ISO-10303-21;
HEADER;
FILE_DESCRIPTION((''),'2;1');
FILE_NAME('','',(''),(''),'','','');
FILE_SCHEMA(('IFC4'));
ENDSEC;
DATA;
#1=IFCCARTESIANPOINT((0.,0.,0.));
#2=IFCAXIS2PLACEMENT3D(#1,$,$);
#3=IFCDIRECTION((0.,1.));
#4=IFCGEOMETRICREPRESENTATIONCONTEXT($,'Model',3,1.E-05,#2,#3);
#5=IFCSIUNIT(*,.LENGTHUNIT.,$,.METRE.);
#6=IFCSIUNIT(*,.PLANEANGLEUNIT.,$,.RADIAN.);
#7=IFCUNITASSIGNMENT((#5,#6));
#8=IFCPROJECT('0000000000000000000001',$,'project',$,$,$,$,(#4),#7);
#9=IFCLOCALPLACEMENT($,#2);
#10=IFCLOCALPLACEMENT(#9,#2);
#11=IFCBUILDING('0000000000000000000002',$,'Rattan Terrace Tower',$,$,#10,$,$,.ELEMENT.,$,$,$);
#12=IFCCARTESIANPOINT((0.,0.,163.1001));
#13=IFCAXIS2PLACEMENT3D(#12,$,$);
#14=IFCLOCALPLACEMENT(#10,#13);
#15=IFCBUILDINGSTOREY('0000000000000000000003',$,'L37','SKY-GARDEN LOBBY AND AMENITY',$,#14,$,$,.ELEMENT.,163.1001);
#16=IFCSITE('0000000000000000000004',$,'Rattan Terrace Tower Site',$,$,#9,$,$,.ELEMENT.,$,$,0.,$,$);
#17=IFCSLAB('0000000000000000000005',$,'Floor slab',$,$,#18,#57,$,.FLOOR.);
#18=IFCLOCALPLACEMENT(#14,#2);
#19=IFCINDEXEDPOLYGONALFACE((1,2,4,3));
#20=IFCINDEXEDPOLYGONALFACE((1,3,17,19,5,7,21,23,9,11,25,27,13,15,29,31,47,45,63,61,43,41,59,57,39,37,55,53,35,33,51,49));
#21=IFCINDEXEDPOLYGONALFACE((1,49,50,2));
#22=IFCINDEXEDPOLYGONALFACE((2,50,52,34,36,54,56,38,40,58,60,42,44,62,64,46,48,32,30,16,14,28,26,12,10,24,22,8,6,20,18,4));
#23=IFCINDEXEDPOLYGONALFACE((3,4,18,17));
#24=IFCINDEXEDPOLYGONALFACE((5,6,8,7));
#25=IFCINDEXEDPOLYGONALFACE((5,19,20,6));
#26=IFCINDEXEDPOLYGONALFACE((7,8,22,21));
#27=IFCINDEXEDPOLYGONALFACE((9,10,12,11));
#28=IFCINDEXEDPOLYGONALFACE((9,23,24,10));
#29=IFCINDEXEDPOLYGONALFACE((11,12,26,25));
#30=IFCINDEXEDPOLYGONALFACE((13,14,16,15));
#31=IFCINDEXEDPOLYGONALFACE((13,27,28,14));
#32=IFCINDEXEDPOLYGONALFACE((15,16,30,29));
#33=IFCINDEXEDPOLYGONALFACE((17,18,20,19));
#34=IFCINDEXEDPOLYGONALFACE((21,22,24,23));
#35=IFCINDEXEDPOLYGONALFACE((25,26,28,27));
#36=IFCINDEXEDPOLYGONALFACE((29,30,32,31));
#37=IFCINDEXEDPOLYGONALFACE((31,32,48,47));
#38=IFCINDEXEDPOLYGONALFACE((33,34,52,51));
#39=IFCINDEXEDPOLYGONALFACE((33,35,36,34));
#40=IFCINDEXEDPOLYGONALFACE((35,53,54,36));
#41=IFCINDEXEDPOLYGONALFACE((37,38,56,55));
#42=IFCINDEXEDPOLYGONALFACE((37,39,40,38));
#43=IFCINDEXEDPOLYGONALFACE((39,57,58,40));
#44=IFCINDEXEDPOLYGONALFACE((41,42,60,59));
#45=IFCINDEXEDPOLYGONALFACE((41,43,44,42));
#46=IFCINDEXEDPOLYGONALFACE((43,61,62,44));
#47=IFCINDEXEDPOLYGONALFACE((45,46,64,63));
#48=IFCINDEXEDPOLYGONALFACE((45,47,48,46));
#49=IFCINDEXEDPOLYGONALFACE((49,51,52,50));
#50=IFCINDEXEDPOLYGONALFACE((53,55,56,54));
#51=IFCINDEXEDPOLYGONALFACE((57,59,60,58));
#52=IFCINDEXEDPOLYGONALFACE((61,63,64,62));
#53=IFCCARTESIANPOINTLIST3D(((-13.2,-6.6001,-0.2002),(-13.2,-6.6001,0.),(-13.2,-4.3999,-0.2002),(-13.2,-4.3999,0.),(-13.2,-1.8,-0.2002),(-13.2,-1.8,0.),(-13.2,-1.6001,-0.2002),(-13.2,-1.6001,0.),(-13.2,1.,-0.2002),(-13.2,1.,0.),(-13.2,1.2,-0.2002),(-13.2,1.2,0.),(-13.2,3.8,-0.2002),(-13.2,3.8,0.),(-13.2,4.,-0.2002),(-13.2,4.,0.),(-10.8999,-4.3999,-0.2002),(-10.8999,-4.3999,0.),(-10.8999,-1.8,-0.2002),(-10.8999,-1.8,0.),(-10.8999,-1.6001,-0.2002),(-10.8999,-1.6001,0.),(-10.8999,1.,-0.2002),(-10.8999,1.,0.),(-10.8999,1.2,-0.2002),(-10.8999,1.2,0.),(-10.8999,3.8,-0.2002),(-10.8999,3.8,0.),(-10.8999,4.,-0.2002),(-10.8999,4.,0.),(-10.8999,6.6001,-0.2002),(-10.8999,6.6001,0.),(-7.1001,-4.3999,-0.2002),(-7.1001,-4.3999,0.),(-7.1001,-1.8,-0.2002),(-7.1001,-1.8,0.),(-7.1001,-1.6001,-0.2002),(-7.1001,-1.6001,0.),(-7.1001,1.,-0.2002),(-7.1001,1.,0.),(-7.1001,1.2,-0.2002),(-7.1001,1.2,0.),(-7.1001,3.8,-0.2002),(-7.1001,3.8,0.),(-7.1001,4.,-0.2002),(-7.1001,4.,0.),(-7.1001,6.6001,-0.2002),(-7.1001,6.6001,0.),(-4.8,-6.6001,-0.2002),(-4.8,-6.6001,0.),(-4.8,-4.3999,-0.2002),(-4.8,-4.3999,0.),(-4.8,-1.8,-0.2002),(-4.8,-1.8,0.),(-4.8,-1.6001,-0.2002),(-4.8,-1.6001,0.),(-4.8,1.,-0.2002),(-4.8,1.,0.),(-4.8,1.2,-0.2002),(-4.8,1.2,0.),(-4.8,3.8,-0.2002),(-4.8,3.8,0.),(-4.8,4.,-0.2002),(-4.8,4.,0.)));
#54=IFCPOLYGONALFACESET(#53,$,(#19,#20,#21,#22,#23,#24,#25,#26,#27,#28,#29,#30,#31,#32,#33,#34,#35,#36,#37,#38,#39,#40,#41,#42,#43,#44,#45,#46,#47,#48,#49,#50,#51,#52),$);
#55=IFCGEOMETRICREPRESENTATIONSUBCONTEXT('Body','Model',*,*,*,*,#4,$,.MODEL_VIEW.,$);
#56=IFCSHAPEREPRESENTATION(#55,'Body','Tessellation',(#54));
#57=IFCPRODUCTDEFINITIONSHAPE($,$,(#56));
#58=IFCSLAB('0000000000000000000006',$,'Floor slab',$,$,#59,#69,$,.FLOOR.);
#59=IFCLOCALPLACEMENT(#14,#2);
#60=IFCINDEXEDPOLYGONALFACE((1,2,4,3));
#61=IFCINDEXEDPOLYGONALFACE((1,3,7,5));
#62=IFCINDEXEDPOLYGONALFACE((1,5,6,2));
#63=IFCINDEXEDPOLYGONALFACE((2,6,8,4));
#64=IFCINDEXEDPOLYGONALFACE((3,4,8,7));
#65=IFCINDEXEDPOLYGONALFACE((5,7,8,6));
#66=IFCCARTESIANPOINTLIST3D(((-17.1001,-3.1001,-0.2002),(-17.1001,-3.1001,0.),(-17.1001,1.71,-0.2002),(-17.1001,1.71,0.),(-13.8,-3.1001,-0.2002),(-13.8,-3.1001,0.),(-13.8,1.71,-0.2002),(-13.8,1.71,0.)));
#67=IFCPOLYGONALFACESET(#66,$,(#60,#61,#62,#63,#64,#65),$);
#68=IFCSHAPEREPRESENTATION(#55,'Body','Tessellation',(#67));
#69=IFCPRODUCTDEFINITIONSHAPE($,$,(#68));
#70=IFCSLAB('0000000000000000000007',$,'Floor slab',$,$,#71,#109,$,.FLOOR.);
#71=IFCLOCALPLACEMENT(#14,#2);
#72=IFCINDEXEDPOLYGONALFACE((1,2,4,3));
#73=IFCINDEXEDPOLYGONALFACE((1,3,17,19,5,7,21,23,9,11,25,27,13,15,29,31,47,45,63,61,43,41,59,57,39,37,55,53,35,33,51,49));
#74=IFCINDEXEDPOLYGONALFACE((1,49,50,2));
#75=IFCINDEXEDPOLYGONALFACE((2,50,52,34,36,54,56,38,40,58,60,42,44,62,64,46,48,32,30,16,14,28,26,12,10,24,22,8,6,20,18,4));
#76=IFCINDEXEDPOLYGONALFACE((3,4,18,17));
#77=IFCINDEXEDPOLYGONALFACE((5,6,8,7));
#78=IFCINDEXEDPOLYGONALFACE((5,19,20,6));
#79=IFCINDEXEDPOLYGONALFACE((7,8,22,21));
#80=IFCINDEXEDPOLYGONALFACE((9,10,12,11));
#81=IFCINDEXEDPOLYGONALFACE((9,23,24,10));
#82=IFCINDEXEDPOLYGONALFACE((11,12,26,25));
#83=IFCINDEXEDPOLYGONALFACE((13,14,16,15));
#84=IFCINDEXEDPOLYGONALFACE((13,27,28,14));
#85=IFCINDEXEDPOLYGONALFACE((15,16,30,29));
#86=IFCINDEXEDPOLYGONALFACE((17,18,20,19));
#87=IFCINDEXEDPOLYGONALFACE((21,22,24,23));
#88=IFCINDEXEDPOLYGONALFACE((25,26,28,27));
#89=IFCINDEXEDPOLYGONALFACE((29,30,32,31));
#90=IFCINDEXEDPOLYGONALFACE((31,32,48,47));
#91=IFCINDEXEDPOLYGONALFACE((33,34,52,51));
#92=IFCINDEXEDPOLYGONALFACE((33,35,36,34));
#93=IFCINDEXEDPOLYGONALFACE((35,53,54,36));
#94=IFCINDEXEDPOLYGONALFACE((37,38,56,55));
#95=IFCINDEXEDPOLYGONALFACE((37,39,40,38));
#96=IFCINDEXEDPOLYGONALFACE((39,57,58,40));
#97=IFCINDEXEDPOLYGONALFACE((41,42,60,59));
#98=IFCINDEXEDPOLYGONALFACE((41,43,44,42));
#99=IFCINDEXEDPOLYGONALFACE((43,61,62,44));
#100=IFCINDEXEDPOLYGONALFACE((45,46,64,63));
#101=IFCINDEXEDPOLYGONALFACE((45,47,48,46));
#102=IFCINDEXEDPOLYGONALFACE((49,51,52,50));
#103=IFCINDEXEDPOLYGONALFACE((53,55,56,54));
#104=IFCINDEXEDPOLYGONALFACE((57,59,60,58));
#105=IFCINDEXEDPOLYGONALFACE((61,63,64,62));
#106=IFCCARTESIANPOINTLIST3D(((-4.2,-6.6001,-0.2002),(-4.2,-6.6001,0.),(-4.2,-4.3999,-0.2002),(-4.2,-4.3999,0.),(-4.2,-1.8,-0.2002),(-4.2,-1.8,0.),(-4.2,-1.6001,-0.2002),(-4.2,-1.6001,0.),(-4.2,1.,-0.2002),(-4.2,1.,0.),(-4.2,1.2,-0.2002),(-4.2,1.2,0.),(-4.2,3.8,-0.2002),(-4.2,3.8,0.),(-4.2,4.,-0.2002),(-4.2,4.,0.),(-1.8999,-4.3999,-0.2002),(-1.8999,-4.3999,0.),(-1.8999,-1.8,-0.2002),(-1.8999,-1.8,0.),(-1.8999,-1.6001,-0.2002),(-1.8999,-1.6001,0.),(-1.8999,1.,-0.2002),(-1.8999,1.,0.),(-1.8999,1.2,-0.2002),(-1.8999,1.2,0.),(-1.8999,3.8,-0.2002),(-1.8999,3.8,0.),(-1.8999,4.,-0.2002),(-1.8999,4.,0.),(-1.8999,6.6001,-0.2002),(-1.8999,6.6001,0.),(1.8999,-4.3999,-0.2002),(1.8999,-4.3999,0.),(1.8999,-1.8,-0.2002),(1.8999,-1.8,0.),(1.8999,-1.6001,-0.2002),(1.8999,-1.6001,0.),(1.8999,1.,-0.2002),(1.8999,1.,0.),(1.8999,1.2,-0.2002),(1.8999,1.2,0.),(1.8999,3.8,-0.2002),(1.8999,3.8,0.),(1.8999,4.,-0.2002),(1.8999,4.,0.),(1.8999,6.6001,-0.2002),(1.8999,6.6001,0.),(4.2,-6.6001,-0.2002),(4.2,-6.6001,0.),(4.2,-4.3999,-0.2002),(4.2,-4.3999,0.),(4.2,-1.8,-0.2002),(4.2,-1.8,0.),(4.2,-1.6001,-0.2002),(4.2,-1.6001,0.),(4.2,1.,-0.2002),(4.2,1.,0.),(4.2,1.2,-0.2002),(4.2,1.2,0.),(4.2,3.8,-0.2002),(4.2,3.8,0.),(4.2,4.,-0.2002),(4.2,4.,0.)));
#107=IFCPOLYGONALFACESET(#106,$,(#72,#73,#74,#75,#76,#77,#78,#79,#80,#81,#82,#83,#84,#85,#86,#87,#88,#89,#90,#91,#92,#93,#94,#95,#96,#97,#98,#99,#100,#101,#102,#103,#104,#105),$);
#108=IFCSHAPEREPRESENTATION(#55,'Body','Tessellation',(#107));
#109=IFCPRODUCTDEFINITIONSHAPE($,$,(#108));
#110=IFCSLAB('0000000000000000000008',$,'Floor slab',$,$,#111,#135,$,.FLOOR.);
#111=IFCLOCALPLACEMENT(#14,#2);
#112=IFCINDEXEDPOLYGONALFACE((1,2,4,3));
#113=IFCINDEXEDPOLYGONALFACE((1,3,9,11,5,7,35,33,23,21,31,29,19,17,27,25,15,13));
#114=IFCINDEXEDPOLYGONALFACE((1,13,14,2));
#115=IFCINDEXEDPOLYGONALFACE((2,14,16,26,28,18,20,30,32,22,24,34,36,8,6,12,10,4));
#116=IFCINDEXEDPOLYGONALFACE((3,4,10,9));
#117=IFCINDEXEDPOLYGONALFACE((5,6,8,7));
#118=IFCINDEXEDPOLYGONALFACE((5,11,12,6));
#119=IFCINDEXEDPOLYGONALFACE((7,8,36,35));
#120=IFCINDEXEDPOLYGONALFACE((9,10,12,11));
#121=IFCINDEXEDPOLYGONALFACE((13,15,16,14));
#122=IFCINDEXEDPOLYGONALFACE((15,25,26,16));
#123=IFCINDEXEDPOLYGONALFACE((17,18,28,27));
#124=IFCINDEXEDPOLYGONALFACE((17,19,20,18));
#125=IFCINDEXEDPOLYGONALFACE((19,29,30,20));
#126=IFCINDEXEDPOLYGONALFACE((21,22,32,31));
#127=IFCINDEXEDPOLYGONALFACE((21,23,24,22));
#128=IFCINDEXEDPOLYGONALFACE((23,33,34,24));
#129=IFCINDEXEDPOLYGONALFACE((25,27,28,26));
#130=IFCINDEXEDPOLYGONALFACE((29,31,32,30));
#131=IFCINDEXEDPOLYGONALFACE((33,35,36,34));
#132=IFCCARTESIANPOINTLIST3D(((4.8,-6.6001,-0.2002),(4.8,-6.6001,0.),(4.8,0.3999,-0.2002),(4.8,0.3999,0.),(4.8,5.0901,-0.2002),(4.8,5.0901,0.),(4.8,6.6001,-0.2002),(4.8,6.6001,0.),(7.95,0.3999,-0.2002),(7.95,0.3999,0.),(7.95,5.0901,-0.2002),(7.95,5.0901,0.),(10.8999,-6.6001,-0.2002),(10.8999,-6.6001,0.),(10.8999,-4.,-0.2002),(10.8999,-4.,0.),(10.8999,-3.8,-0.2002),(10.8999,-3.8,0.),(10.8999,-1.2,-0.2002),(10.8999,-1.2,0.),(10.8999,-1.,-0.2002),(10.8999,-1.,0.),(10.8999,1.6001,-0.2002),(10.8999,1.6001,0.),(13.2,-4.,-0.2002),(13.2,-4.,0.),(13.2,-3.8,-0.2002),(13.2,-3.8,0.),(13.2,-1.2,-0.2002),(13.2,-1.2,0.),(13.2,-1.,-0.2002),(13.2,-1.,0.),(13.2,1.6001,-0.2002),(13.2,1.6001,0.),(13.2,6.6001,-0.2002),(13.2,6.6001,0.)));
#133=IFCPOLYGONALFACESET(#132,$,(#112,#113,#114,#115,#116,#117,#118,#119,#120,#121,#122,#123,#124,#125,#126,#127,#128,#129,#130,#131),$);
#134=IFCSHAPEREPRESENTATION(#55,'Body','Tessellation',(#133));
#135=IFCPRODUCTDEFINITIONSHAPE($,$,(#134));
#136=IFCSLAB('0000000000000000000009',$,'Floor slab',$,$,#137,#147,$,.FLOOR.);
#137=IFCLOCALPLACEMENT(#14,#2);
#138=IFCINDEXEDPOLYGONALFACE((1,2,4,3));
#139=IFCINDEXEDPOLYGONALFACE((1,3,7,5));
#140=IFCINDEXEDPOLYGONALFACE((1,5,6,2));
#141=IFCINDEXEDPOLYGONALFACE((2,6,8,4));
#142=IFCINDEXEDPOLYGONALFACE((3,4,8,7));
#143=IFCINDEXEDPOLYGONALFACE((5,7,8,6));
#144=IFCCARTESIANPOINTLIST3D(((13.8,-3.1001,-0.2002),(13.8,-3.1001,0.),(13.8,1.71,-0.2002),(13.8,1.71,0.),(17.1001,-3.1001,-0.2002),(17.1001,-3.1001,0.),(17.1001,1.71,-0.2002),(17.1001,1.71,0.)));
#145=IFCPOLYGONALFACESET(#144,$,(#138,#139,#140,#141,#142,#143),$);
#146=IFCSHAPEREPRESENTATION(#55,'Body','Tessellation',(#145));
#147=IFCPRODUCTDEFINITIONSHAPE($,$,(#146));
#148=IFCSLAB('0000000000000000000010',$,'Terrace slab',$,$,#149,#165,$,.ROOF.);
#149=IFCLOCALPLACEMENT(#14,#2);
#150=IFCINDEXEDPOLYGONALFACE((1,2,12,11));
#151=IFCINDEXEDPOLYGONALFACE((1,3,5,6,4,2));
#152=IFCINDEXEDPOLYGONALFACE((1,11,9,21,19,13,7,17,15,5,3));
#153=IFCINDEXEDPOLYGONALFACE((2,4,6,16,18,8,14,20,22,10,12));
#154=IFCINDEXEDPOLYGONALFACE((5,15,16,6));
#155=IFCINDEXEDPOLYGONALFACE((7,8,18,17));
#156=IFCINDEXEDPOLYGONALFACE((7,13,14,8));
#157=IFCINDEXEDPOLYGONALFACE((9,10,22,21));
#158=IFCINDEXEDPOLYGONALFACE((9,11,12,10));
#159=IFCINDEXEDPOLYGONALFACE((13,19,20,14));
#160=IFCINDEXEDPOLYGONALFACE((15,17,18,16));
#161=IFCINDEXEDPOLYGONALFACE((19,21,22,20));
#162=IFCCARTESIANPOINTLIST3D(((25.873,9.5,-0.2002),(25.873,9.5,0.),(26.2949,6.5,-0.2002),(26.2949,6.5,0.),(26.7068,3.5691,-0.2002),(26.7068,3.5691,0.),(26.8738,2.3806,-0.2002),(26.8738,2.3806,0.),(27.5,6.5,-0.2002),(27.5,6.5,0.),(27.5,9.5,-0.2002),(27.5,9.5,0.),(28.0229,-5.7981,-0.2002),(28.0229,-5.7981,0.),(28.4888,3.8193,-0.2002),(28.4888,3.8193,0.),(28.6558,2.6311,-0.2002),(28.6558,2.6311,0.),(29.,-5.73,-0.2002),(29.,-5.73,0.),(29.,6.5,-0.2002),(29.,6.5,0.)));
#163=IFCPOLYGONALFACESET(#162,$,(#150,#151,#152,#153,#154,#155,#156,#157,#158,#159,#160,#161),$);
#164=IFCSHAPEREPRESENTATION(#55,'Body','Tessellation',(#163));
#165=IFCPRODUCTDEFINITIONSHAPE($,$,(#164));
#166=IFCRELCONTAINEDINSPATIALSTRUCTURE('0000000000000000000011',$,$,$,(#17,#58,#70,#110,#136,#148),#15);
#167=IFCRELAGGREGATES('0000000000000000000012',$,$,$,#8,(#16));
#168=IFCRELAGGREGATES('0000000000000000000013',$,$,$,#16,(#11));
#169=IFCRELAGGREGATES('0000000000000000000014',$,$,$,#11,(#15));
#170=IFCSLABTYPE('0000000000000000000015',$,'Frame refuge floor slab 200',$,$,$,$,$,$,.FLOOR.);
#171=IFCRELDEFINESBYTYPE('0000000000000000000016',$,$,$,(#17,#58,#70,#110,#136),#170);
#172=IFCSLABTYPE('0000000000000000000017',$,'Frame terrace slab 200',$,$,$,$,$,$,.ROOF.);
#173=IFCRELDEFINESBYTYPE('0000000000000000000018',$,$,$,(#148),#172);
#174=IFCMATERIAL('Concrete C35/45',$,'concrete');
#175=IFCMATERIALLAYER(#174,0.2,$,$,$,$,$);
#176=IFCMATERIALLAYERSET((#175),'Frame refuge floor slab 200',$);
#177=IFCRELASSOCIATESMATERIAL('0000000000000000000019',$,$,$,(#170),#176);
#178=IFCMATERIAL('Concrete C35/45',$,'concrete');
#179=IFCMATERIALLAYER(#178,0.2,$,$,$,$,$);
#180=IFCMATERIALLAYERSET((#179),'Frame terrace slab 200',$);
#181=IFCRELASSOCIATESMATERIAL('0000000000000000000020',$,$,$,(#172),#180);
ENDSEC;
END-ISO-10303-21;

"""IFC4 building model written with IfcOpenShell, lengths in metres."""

from ifc_helpers import new_model, si_unit, direction, frame, origin, place, context, subcontext, project, spatial, polyline, outline, extrude, material, layer, layer_set, type_object, element, save


model = new_model("IFC4")

# Units and contexts
model_context = context("Model", 3, precision=1e-05, world=origin(), true_north=direction((0.0, 1.0)))
body_context = subcontext(model_context, "Body", "Model", "MODEL_VIEW")
ifc_project = project(units=[si_unit("LENGTHUNIT", "METRE"), si_unit("PLANEANGLEUNIT", "RADIAN")], contexts=[model_context])

# Site, building, storey
site_placement = place(None, origin())
site = spatial("IfcSite", under=ifc_project, at=site_placement, Name="Rattan Terrace Tower Site", CompositionType="ELEMENT", RefElevation=0.0)
building_placement = place(site_placement, origin())
building = spatial("IfcBuilding", under=site, at=building_placement, Name="Rattan Terrace Tower", CompositionType="ELEMENT")
storey_placement = place(building_placement, frame((0.0, 0.0, 163.1001)))
storey = spatial("IfcBuildingStorey", under=building, at=storey_placement, Name="L37", Description="SKY-GARDEN LOBBY AND AMENITY", CompositionType="ELEMENT", Elevation=163.1001)

# Slabs
ifc_material_1 = material(Name="Concrete C35/45", Category="concrete")
ifc_layer_1 = layer(ifc_material_1, 0.2)
ifc_layer_set_1 = layer_set([ifc_layer_1], Name="Frame refuge floor slab 200")
slab_type_1 = type_object("IfcSlabType", Name="Frame refuge floor slab 200", PredefinedType="FLOOR", material=ifc_layer_set_1)
slab_1_placement = place(storey_placement, frame((0.0, 0.0, -0.2002)))
element("IfcSlab", 1, at=slab_1_placement, inside=storey, type_object=slab_type_1, Name="Floor slab", PredefinedType="FLOOR", context=body_context, shape_type="SweptSolid", body=[
    extrude(outline(polyline([(-10.8999, 6.6001), (-10.8999, 4.0), (-13.2, 4.0), (-13.2, 3.8), (-10.8999, 3.8), (-10.8999, 1.2), (-13.2, 1.2), (-13.2, 1.0), (-10.8999, 1.0), (-10.8999, -1.6001), (-13.2, -1.6001), (-13.2, -1.8), (-10.8999, -1.8), (-10.8999, -4.3999), (-13.2, -4.3999), (-13.2, -6.6001), (-4.8, -6.6001), (-4.8, -4.3999), (-7.1001, -4.3999), (-7.1001, -1.8), (-4.8, -1.8), (-4.8, -1.6001), (-7.1001, -1.6001), (-7.1001, 1.0), (-4.8, 1.0), (-4.8, 1.2), (-7.1001, 1.2), (-7.1001, 3.8), (-4.8, 3.8), (-4.8, 4.0), (-7.1001, 4.0), (-7.1001, 6.6001), (-10.8999, 6.6001)])), origin(), (0.0, 0.0, 1.0), 0.2002),
])
slab_2_placement = place(storey_placement, frame((0.0, 0.0, -0.2002)))
element("IfcSlab", 2, at=slab_2_placement, inside=storey, type_object=slab_type_1, Name="Floor slab", PredefinedType="FLOOR", context=body_context, shape_type="SweptSolid", body=[
    extrude(outline(polyline([(-17.1001, -3.1001), (-13.8, -3.1001), (-13.8, 1.71), (-17.1001, 1.71), (-17.1001, -3.1001)])), origin(), (0.0, 0.0, 1.0), 0.2002),
])
slab_3_placement = place(storey_placement, frame((0.0, 0.0, -0.2002)))
element("IfcSlab", 3, at=slab_3_placement, inside=storey, type_object=slab_type_1, Name="Floor slab", PredefinedType="FLOOR", context=body_context, shape_type="SweptSolid", body=[
    extrude(outline(polyline([(-4.2, 4.0), (-4.2, 3.8), (-1.8999, 3.8), (-1.8999, 1.2), (-4.2, 1.2), (-4.2, 1.0), (-1.8999, 1.0), (-1.8999, -1.6001), (-4.2, -1.6001), (-4.2, -1.8), (-1.8999, -1.8), (-1.8999, -4.3999), (-4.2, -4.3999), (-4.2, -6.6001), (4.2, -6.6001), (4.2, -4.3999), (1.8999, -4.3999), (1.8999, -1.8), (4.2, -1.8), (4.2, -1.6001), (1.8999, -1.6001), (1.8999, 1.0), (4.2, 1.0), (4.2, 1.2), (1.8999, 1.2), (1.8999, 3.8), (4.2, 3.8), (4.2, 4.0), (1.8999, 4.0), (1.8999, 6.6001), (-1.8999, 6.6001), (-1.8999, 4.0), (-4.2, 4.0)])), origin(), (0.0, 0.0, 1.0), 0.2002),
])
slab_4_placement = place(storey_placement, frame((0.0, 0.0, -0.2002)))
element("IfcSlab", 4, at=slab_4_placement, inside=storey, type_object=slab_type_1, Name="Floor slab", PredefinedType="FLOOR", context=body_context, shape_type="SweptSolid", body=[
    extrude(outline(polyline([(4.8, 5.0901), (7.95, 5.0901), (7.95, 0.3999), (4.8, 0.3999), (4.8, -6.6001), (10.8999, -6.6001), (10.8999, -4.0), (13.2, -4.0), (13.2, -3.8), (10.8999, -3.8), (10.8999, -1.2), (13.2, -1.2), (13.2, -1.0), (10.8999, -1.0), (10.8999, 1.6001), (13.2, 1.6001), (13.2, 6.6001), (4.8, 6.6001), (4.8, 5.0901)])), origin(), (0.0, 0.0, 1.0), 0.2002),
])
slab_5_placement = place(storey_placement, frame((0.0, 0.0, -0.2002)))
element("IfcSlab", 5, at=slab_5_placement, inside=storey, type_object=slab_type_1, Name="Floor slab", PredefinedType="FLOOR", context=body_context, shape_type="SweptSolid", body=[
    extrude(outline(polyline([(13.8, -3.1001), (17.1001, -3.1001), (17.1001, 1.71), (13.8, 1.71), (13.8, -3.1001)])), origin(), (0.0, 0.0, 1.0), 0.2002),
])
ifc_material_2 = material(Name="Concrete C35/45", Category="concrete")
ifc_layer_2 = layer(ifc_material_2, 0.2)
ifc_layer_set_2 = layer_set([ifc_layer_2], Name="Frame terrace slab 200")
slab_type_2 = type_object("IfcSlabType", Name="Frame terrace slab 200", PredefinedType="ROOF", material=ifc_layer_set_2)
slab_6_placement = place(storey_placement, frame((0.0, 0.0, -0.2002)))
element("IfcSlab", 6, at=slab_6_placement, inside=storey, type_object=slab_type_2, Name="Terrace slab", PredefinedType="ROOF", context=body_context, shape_type="SweptSolid", body=[
    extrude(outline(polyline([(26.2949, 6.5), (26.7068, 3.5691), (28.4888, 3.8193), (28.6558, 2.6311), (26.8738, 2.3806), (28.0229, -5.7981), (29.0, -5.73), (29.0, 6.5), (27.5, 6.5), (27.5, 9.5), (25.873, 9.5), (26.2949, 6.5)])), origin(), (0.0, 0.0, 1.0), 0.2002),
])

save(model, "model.ifc")
